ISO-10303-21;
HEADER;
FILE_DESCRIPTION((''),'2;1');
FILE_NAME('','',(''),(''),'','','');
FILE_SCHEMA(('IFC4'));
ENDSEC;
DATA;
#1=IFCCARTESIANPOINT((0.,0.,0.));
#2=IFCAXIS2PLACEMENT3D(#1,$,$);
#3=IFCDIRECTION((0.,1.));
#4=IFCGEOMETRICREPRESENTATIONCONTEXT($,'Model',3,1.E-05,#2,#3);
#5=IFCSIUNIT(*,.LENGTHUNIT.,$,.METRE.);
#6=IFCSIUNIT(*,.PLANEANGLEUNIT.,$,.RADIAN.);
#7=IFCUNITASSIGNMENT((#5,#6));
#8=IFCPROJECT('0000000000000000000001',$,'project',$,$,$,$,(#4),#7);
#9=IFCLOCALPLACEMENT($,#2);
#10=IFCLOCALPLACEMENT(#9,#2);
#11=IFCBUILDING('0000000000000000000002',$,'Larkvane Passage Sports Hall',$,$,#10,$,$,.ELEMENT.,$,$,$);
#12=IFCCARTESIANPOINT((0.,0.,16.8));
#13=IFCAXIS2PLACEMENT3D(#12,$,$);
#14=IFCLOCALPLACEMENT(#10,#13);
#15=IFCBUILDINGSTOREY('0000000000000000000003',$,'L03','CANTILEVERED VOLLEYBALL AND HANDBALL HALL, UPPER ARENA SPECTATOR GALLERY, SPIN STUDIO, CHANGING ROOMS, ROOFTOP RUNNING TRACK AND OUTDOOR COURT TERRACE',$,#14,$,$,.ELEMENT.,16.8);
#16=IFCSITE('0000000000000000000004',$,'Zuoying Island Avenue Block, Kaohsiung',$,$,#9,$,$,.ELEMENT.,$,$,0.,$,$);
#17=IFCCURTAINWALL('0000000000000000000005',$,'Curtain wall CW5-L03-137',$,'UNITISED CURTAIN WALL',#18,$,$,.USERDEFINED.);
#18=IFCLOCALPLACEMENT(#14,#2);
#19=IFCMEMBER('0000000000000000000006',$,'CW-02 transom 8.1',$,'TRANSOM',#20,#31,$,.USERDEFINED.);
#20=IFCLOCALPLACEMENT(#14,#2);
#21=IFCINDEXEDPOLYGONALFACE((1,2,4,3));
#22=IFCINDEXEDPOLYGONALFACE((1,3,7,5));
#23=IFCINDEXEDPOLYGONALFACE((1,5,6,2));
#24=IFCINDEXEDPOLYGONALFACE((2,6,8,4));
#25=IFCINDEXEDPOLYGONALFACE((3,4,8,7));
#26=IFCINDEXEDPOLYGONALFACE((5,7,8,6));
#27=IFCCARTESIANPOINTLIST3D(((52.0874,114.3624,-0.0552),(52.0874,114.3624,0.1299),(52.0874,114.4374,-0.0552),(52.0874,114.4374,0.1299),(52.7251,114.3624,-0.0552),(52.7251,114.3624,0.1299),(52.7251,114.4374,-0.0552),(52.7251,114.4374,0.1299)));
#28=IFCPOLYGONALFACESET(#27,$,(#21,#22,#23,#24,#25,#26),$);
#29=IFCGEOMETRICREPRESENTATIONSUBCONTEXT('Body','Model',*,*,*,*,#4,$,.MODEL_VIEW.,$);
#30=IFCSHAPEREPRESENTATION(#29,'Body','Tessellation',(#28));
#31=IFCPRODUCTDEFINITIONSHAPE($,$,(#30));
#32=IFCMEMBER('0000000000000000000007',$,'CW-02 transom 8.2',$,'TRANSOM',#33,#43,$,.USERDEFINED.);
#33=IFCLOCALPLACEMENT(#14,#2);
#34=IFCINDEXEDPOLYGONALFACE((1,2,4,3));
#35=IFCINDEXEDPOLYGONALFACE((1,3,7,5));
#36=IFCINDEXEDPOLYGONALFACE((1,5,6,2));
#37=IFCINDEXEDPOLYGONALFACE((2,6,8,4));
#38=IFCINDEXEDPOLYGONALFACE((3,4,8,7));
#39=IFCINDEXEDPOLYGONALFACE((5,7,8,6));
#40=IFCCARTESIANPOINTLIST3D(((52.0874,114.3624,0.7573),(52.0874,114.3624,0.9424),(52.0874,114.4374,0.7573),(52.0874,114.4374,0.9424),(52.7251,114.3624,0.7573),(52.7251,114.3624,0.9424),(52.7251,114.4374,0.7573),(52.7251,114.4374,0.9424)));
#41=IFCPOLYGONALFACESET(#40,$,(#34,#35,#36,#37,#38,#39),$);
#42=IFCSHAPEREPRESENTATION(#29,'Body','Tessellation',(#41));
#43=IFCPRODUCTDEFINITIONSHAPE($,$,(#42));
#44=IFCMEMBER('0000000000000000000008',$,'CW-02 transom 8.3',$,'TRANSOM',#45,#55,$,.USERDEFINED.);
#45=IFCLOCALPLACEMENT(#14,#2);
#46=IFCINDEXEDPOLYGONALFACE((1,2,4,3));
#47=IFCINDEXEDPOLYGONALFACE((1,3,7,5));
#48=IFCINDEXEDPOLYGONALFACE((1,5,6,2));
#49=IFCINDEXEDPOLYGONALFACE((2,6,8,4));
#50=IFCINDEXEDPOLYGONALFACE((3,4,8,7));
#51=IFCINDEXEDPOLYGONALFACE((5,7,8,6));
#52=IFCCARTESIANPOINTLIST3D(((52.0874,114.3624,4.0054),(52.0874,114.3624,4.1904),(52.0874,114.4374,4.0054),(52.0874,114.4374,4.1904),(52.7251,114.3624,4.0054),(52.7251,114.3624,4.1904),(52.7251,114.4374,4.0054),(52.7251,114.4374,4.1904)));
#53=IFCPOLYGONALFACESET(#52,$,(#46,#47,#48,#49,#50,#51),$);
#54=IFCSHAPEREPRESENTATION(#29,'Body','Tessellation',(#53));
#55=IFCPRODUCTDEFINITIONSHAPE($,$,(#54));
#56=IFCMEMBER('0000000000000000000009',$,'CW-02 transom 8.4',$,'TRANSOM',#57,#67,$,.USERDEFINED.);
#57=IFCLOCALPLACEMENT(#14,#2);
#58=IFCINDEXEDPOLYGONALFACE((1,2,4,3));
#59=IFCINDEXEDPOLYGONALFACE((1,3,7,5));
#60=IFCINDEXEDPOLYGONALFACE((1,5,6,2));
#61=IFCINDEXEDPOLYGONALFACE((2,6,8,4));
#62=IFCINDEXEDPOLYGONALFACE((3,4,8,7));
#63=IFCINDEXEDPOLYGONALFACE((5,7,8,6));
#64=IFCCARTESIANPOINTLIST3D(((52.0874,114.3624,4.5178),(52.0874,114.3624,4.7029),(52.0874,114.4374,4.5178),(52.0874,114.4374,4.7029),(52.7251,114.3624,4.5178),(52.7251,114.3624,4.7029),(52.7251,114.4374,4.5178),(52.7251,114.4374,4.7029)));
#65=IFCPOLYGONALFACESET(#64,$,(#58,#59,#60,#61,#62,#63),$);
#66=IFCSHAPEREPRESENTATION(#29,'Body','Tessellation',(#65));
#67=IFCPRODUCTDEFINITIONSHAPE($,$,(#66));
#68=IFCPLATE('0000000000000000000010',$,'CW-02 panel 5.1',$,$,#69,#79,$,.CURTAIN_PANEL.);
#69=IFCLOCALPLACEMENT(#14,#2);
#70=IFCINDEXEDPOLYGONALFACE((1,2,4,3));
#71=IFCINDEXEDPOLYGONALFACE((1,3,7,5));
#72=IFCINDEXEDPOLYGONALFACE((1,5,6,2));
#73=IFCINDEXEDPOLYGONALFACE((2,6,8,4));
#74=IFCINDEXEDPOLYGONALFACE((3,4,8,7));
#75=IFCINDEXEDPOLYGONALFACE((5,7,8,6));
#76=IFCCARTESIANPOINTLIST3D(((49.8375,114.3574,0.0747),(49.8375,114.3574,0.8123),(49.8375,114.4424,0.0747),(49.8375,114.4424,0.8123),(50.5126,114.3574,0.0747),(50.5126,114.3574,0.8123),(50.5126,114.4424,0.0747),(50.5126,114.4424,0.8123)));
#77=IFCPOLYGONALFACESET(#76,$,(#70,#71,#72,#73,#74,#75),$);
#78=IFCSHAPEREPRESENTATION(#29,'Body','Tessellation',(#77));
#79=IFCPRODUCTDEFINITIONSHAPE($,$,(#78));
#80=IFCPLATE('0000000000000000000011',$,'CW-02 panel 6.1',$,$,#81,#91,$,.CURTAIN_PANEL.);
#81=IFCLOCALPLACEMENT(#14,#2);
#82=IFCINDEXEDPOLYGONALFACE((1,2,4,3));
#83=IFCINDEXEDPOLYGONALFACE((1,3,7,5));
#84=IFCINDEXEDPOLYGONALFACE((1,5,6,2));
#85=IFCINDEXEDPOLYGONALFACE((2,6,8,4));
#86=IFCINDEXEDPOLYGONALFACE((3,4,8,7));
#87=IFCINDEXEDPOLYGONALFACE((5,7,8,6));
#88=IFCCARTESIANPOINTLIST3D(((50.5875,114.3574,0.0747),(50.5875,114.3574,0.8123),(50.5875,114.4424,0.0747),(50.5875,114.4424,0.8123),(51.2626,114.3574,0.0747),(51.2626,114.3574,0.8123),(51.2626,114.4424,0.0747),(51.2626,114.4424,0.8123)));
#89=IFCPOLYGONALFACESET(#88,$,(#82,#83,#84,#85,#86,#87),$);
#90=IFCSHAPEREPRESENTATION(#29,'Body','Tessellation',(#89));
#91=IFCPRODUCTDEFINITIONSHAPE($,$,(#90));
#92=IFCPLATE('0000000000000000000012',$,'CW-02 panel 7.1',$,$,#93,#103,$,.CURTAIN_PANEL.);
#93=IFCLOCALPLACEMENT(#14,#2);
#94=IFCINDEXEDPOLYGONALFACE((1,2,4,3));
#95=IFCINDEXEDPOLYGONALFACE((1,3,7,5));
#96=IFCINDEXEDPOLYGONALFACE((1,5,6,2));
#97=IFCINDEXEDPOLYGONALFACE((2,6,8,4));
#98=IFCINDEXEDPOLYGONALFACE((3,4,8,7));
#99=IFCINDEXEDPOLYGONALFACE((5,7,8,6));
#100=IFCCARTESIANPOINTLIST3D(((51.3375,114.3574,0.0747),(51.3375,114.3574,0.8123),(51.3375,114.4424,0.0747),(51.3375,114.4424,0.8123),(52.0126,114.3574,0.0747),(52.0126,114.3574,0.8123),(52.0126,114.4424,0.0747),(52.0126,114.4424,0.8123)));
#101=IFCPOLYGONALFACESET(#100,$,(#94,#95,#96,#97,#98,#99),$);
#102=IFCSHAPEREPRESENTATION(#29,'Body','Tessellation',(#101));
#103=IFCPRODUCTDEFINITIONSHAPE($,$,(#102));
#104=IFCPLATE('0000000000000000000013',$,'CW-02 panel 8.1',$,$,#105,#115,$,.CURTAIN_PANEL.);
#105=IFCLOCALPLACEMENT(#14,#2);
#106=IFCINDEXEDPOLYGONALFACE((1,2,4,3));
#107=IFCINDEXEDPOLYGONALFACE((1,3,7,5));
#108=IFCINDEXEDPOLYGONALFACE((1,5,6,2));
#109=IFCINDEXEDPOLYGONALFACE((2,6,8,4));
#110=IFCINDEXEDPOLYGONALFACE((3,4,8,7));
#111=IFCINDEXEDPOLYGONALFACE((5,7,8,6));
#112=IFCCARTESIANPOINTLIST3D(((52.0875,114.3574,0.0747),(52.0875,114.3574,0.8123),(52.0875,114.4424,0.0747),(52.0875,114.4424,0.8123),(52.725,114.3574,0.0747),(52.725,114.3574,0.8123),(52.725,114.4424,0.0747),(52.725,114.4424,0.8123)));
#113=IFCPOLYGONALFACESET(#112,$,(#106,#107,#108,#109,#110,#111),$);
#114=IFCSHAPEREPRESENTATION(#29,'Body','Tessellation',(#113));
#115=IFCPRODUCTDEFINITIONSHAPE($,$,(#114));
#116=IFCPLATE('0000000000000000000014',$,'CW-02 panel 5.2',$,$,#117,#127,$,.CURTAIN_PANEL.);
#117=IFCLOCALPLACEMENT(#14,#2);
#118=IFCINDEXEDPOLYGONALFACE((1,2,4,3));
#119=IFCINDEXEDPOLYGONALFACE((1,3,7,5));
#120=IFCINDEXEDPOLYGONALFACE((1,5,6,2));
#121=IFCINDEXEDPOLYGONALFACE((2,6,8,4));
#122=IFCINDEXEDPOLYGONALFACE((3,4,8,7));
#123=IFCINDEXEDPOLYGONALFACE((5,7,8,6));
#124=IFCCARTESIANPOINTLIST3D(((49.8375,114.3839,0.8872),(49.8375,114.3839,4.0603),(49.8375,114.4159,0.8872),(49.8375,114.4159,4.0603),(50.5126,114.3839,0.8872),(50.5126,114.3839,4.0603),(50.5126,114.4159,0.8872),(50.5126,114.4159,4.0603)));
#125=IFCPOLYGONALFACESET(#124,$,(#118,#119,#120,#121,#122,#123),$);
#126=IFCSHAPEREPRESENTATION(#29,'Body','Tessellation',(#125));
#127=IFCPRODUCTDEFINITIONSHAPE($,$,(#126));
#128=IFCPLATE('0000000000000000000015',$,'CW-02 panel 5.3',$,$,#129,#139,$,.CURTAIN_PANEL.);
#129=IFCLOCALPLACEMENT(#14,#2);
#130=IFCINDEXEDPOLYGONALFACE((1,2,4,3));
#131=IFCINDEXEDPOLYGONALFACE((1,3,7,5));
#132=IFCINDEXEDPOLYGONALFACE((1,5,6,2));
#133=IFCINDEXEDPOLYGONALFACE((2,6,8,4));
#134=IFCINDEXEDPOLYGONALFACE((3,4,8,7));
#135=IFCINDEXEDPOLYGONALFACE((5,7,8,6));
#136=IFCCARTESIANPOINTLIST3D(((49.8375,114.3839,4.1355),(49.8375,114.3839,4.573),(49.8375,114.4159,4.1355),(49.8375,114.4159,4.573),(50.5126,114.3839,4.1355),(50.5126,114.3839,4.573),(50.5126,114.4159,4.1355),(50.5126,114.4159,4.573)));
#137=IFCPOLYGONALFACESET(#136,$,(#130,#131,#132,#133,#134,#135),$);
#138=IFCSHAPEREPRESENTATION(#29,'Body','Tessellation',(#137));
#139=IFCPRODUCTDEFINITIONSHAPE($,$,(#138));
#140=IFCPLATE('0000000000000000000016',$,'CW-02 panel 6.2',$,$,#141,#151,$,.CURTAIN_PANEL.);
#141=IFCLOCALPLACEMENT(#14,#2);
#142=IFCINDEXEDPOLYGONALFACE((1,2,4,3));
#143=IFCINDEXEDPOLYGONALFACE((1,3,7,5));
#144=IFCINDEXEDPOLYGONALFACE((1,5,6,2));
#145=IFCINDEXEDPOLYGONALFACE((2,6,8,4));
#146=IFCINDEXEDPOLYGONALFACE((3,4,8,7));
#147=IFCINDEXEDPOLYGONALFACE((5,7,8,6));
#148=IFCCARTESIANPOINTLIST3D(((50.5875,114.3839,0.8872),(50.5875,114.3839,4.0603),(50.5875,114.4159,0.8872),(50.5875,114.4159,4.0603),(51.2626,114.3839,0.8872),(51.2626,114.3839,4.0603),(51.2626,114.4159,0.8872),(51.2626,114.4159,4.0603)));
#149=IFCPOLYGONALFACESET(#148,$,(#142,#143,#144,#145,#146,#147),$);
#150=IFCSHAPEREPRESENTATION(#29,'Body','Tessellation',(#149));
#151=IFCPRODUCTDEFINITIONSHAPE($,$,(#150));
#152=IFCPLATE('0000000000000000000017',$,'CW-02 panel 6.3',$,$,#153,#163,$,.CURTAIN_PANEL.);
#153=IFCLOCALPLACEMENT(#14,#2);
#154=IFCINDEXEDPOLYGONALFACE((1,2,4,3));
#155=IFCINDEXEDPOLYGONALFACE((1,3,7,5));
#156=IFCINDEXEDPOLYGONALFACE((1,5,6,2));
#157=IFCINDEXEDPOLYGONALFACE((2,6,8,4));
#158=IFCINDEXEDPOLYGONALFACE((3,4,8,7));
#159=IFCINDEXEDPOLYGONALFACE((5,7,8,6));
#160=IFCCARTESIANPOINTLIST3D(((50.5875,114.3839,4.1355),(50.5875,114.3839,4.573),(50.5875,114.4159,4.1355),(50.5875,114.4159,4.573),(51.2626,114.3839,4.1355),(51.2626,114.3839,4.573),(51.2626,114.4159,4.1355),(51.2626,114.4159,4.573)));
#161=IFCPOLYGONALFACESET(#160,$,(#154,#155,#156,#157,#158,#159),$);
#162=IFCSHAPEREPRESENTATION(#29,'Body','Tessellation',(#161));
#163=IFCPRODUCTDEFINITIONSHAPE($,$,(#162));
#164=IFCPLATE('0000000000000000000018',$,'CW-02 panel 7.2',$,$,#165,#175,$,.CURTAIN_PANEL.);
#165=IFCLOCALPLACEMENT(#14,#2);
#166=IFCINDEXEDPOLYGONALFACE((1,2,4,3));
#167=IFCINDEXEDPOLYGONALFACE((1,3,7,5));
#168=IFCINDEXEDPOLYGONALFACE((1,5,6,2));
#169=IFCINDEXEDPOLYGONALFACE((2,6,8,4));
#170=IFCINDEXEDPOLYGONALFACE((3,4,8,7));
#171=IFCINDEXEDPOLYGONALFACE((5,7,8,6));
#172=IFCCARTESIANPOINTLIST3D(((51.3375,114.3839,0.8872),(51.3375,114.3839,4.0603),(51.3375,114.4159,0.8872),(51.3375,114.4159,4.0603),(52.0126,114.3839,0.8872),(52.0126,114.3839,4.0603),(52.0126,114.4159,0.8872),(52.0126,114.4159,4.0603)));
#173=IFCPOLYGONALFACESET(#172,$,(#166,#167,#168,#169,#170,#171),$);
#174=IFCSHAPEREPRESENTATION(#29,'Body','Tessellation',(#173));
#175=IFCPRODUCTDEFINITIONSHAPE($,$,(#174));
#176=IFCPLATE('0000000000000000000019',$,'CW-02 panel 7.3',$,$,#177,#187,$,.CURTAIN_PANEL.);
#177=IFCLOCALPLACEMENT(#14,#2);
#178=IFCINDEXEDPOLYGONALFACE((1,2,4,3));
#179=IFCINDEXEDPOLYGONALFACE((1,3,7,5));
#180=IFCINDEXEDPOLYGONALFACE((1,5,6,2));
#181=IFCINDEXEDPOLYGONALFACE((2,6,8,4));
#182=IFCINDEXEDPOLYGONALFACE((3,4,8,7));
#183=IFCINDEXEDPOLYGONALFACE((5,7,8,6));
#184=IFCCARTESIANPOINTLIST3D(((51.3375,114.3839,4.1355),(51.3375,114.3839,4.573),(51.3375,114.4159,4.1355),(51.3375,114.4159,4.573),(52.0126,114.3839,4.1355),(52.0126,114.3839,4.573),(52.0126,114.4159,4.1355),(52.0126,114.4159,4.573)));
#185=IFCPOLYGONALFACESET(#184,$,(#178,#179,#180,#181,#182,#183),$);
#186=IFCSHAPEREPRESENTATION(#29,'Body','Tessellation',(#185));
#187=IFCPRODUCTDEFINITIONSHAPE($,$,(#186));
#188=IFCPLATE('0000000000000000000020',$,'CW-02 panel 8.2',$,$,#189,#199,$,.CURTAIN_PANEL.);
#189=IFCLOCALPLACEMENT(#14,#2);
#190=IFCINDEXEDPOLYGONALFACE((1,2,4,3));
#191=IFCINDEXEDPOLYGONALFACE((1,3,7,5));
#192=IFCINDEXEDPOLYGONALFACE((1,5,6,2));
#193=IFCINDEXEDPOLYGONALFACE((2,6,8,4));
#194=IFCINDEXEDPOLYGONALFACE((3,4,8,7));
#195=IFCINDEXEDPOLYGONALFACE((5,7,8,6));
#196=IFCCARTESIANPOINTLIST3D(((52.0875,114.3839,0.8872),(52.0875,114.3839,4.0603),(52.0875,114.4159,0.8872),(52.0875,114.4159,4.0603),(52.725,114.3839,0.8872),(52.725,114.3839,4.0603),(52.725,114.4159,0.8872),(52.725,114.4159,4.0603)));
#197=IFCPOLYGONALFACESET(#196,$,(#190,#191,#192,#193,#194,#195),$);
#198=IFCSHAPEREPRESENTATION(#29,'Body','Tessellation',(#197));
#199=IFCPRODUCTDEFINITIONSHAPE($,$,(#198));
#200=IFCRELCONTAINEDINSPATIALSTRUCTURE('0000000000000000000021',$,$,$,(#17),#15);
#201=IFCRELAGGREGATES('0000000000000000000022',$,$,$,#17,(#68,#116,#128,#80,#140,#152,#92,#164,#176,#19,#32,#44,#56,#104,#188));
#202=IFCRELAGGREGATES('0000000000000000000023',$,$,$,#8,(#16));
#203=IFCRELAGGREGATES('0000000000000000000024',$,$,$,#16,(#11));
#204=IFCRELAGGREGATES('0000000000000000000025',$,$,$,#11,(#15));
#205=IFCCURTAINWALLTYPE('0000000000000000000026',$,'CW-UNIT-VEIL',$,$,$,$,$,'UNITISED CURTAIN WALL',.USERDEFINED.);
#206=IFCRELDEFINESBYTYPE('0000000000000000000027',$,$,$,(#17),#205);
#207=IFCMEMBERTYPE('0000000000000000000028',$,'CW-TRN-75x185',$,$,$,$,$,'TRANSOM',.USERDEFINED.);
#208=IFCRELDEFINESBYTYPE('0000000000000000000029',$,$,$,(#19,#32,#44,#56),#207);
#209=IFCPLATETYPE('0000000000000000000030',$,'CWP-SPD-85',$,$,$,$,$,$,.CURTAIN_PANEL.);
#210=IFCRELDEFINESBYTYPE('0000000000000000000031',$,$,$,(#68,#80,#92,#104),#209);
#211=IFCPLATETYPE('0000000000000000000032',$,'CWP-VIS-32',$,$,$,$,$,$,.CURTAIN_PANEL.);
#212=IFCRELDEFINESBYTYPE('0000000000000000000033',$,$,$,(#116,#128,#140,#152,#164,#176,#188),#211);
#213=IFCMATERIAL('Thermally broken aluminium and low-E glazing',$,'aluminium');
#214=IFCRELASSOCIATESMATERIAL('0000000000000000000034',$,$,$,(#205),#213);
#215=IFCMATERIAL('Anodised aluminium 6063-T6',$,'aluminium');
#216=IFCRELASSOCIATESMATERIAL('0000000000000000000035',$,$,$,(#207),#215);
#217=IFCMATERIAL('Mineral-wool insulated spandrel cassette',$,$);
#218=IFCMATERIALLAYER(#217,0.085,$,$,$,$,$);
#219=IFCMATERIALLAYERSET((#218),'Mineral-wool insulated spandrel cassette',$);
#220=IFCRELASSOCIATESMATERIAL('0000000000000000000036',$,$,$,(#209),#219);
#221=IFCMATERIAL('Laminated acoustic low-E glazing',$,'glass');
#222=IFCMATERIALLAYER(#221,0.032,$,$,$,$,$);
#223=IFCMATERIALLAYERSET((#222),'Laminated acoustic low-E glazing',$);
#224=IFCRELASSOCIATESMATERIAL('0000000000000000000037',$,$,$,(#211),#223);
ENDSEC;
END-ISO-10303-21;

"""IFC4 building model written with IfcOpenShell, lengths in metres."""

from ifc_helpers import new_model, si_unit, direction, frame, origin, origin_2d, place, context, subcontext, project, spatial, rectangle, extrude, material, layer, layer_set, material_profile, profile_set, type_object, element, aggregate, save


model = new_model("IFC4")

# Units and contexts
model_context = context("Model", 3, precision=1e-05, world=origin(), true_north=direction((0.0, 1.0)))
body_context = subcontext(model_context, "Body", "Model", "MODEL_VIEW")
ifc_project = project(units=[si_unit("LENGTHUNIT", "METRE"), si_unit("PLANEANGLEUNIT", "RADIAN")], contexts=[model_context])

# Site, building, storey
site_placement = place(None, origin())
site = spatial("IfcSite", under=ifc_project, at=site_placement, Name="Zuoying Island Avenue Block, Kaohsiung", CompositionType="ELEMENT", RefElevation=0.0)
building_placement = place(site_placement, origin())
building = spatial("IfcBuilding", under=site, at=building_placement, Name="Larkvane Passage Sports Hall", CompositionType="ELEMENT")
storey_placement = place(building_placement, frame((0.0, 0.0, 16.8)))
storey = spatial("IfcBuildingStorey", under=building, at=storey_placement, Name="L03", Description="CANTILEVERED VOLLEYBALL AND HANDBALL HALL, UPPER ARENA SPECTATOR GALLERY, SPIN STUDIO, CHANGING ROOMS, ROOFTOP RUNNING TRACK AND OUTDOOR COURT TERRACE", CompositionType="ELEMENT", Elevation=16.8)

# Curtain wall, members, plates
ifc_material_1 = material(Name="Thermally broken aluminium and low-E glazing", Category="aluminium")
curtain_wall_type = type_object("IfcCurtainWallType", Name="CW-UNIT-VEIL", ElementType="UNITISED CURTAIN WALL", PredefinedType="USERDEFINED", material=ifc_material_1)
curtain_wall_placement = place(storey_placement, origin())
curtain_wall = element("IfcCurtainWall", 1, at=curtain_wall_placement, inside=storey, type_object=curtain_wall_type, Name="Curtain wall CW5-L03-137", ObjectType="UNITISED CURTAIN WALL", PredefinedType="USERDEFINED")
ifc_material_2 = material(Name="Anodised aluminium 6063-T6", Category="aluminium")
ifc_material_profile_1 = material_profile(ifc_material_2, rectangle(XDim=0.075, YDim=0.1851, at=origin_2d()), Name="ALU-TRN-75x185")
ifc_profile_set_1 = profile_set([ifc_material_profile_1], Name="Anodised aluminium 6063-T6")
member_type_1 = type_object("IfcMemberType", Name="CW-TRN-75x185", ElementType="TRANSOM", PredefinedType="USERDEFINED", material=ifc_profile_set_1)
member_1_placement = place(storey_placement, frame((52.0874, 114.3999, 0.0374), z_axis=(1.0, 0.0, 0.0), x_axis=(0.0, 1.0, 0.0)))
member_1 = element("IfcMember", 2, at=member_1_placement, type_object=member_type_1, Name="CW-02 transom 8.1", ObjectType="TRANSOM", PredefinedType="USERDEFINED", context=body_context, shape_type="SweptSolid", body=[
    extrude(rectangle(XDim=0.075, YDim=0.1851, at=origin_2d()), origin(), (0.0, 0.0, 1.0), 0.6377),
])
member_2_placement = place(storey_placement, frame((52.0874, 114.3999, 0.8499), z_axis=(1.0, 0.0, 0.0), x_axis=(0.0, 1.0, 0.0)))
member_2 = element("IfcMember", 3, at=member_2_placement, type_object=member_type_1, Name="CW-02 transom 8.2", ObjectType="TRANSOM", PredefinedType="USERDEFINED", context=body_context, shape_type="SweptSolid", body=[
    extrude(rectangle(XDim=0.075, YDim=0.1851, at=origin_2d()), origin(), (0.0, 0.0, 1.0), 0.6377),
])
member_3_placement = place(storey_placement, frame((52.0874, 114.3999, 4.0979), z_axis=(1.0, 0.0, 0.0), x_axis=(0.0, 1.0, 0.0)))
member_3 = element("IfcMember", 4, at=member_3_placement, type_object=member_type_1, Name="CW-02 transom 8.3", ObjectType="TRANSOM", PredefinedType="USERDEFINED", context=body_context, shape_type="SweptSolid", body=[
    extrude(rectangle(XDim=0.075, YDim=0.1851, at=origin_2d()), origin(), (0.0, 0.0, 1.0), 0.6377),
])
member_4_placement = place(storey_placement, frame((52.0874, 114.3999, 4.6104), z_axis=(1.0, 0.0, 0.0), x_axis=(0.0, 1.0, 0.0)))
member_4 = element("IfcMember", 5, at=member_4_placement, type_object=member_type_1, Name="CW-02 transom 8.4", ObjectType="TRANSOM", PredefinedType="USERDEFINED", context=body_context, shape_type="SweptSolid", body=[
    extrude(rectangle(XDim=0.075, YDim=0.1851, at=origin_2d()), origin(), (0.0, 0.0, 1.0), 0.6377),
])
ifc_material_3 = material(Name="Mineral-wool insulated spandrel cassette")
ifc_layer_1 = layer(ifc_material_3, 0.085)
ifc_layer_set_1 = layer_set([ifc_layer_1], Name="Mineral-wool insulated spandrel cassette")
plate_type_1 = type_object("IfcPlateType", Name="CWP-SPD-85", PredefinedType="CURTAIN_PANEL", material=ifc_layer_set_1)
plate_1_placement = place(storey_placement, frame((50.175, 114.3999, 0.0747), z_axis=(0.0, 0.0, 1.0), x_axis=(1.0, 0.0, 0.0)))
plate_1 = element("IfcPlate", 6, at=plate_1_placement, type_object=plate_type_1, Name="CW-02 panel 5.1", PredefinedType="CURTAIN_PANEL", context=body_context, shape_type="SweptSolid", body=[
    extrude(rectangle(XDim=0.675, YDim=0.085, at=origin_2d()), origin(), (0.0, 0.0, 1.0), 0.7375),
])
plate_2_placement = place(storey_placement, frame((50.925, 114.3999, 0.0747), z_axis=(0.0, 0.0, 1.0), x_axis=(1.0, 0.0, 0.0)))
plate_2 = element("IfcPlate", 7, at=plate_2_placement, type_object=plate_type_1, Name="CW-02 panel 6.1", PredefinedType="CURTAIN_PANEL", context=body_context, shape_type="SweptSolid", body=[
    extrude(rectangle(XDim=0.675, YDim=0.085, at=origin_2d()), origin(), (0.0, 0.0, 1.0), 0.7375),
])
plate_3_placement = place(storey_placement, frame((51.675, 114.3999, 0.0747), z_axis=(0.0, 0.0, 1.0), x_axis=(1.0, 0.0, 0.0)))
plate_3 = element("IfcPlate", 8, at=plate_3_placement, type_object=plate_type_1, Name="CW-02 panel 7.1", PredefinedType="CURTAIN_PANEL", context=body_context, shape_type="SweptSolid", body=[
    extrude(rectangle(XDim=0.675, YDim=0.085, at=origin_2d()), origin(), (0.0, 0.0, 1.0), 0.7375),
])
plate_4_placement = place(storey_placement, frame((52.4062, 114.3999, 0.0747), z_axis=(0.0, 0.0, 1.0), x_axis=(1.0, 0.0, 0.0)))
plate_4 = element("IfcPlate", 9, at=plate_4_placement, type_object=plate_type_1, Name="CW-02 panel 8.1", PredefinedType="CURTAIN_PANEL", context=body_context, shape_type="SweptSolid", body=[
    extrude(rectangle(XDim=0.6375, YDim=0.085, at=origin_2d()), origin(), (0.0, 0.0, 1.0), 0.7375),
])
ifc_material_4 = material(Name="Laminated acoustic low-E glazing", Category="glass")
ifc_layer_2 = layer(ifc_material_4, 0.032)
ifc_layer_set_2 = layer_set([ifc_layer_2], Name="Laminated acoustic low-E glazing")
plate_type_2 = type_object("IfcPlateType", Name="CWP-VIS-32", PredefinedType="CURTAIN_PANEL", material=ifc_layer_set_2)
plate_5_placement = place(storey_placement, frame((50.175, 114.3999, 0.8872), z_axis=(0.0, 0.0, 1.0), x_axis=(1.0, 0.0, 0.0)))
plate_5 = element("IfcPlate", 10, at=plate_5_placement, type_object=plate_type_2, Name="CW-02 panel 5.2", PredefinedType="CURTAIN_PANEL", context=body_context, shape_type="SweptSolid", body=[
    extrude(rectangle(XDim=0.675, YDim=0.032, at=origin_2d()), origin(), (0.0, 0.0, 1.0), 3.1731),
])
plate_6_placement = place(storey_placement, frame((50.175, 114.3999, 4.1355), z_axis=(0.0, 0.0, 1.0), x_axis=(1.0, 0.0, 0.0)))
plate_6 = element("IfcPlate", 11, at=plate_6_placement, type_object=plate_type_2, Name="CW-02 panel 5.3", PredefinedType="CURTAIN_PANEL", context=body_context, shape_type="SweptSolid", body=[
    extrude(rectangle(XDim=0.675, YDim=0.032, at=origin_2d()), origin(), (0.0, 0.0, 1.0), 0.4375),
])
plate_7_placement = place(storey_placement, frame((50.925, 114.3999, 0.8872), z_axis=(0.0, 0.0, 1.0), x_axis=(1.0, 0.0, 0.0)))
plate_7 = element("IfcPlate", 12, at=plate_7_placement, type_object=plate_type_2, Name="CW-02 panel 6.2", PredefinedType="CURTAIN_PANEL", context=body_context, shape_type="SweptSolid", body=[
    extrude(rectangle(XDim=0.675, YDim=0.032, at=origin_2d()), origin(), (0.0, 0.0, 1.0), 3.1731),
])
plate_8_placement = place(storey_placement, frame((50.925, 114.3999, 4.1355), z_axis=(0.0, 0.0, 1.0), x_axis=(1.0, 0.0, 0.0)))
plate_8 = element("IfcPlate", 13, at=plate_8_placement, type_object=plate_type_2, Name="CW-02 panel 6.3", PredefinedType="CURTAIN_PANEL", context=body_context, shape_type="SweptSolid", body=[
    extrude(rectangle(XDim=0.675, YDim=0.032, at=origin_2d()), origin(), (0.0, 0.0, 1.0), 0.4375),
])
plate_9_placement = place(storey_placement, frame((51.675, 114.3999, 0.8872), z_axis=(0.0, 0.0, 1.0), x_axis=(1.0, 0.0, 0.0)))
plate_9 = element("IfcPlate", 14, at=plate_9_placement, type_object=plate_type_2, Name="CW-02 panel 7.2", PredefinedType="CURTAIN_PANEL", context=body_context, shape_type="SweptSolid", body=[
    extrude(rectangle(XDim=0.675, YDim=0.032, at=origin_2d()), origin(), (0.0, 0.0, 1.0), 3.1731),
])
plate_10_placement = place(storey_placement, frame((51.675, 114.3999, 4.1355), z_axis=(0.0, 0.0, 1.0), x_axis=(1.0, 0.0, 0.0)))
plate_10 = element("IfcPlate", 15, at=plate_10_placement, type_object=plate_type_2, Name="CW-02 panel 7.3", PredefinedType="CURTAIN_PANEL", context=body_context, shape_type="SweptSolid", body=[
    extrude(rectangle(XDim=0.675, YDim=0.032, at=origin_2d()), origin(), (0.0, 0.0, 1.0), 0.4375),
])
plate_11_placement = place(storey_placement, frame((52.4062, 114.3999, 0.8872), z_axis=(0.0, 0.0, 1.0), x_axis=(1.0, 0.0, 0.0)))
plate_11 = element("IfcPlate", 16, at=plate_11_placement, type_object=plate_type_2, Name="CW-02 panel 8.2", PredefinedType="CURTAIN_PANEL", context=body_context, shape_type="SweptSolid", body=[
    extrude(rectangle(XDim=0.6375, YDim=0.032, at=origin_2d()), origin(), (0.0, 0.0, 1.0), 3.1731),
])
aggregate(curtain_wall, [plate_1, plate_5, plate_6, plate_2, plate_7, plate_8, plate_3, plate_9, plate_10, member_1, member_2, member_3, member_4, plate_4, plate_11])

save(model, "model.ifc")
